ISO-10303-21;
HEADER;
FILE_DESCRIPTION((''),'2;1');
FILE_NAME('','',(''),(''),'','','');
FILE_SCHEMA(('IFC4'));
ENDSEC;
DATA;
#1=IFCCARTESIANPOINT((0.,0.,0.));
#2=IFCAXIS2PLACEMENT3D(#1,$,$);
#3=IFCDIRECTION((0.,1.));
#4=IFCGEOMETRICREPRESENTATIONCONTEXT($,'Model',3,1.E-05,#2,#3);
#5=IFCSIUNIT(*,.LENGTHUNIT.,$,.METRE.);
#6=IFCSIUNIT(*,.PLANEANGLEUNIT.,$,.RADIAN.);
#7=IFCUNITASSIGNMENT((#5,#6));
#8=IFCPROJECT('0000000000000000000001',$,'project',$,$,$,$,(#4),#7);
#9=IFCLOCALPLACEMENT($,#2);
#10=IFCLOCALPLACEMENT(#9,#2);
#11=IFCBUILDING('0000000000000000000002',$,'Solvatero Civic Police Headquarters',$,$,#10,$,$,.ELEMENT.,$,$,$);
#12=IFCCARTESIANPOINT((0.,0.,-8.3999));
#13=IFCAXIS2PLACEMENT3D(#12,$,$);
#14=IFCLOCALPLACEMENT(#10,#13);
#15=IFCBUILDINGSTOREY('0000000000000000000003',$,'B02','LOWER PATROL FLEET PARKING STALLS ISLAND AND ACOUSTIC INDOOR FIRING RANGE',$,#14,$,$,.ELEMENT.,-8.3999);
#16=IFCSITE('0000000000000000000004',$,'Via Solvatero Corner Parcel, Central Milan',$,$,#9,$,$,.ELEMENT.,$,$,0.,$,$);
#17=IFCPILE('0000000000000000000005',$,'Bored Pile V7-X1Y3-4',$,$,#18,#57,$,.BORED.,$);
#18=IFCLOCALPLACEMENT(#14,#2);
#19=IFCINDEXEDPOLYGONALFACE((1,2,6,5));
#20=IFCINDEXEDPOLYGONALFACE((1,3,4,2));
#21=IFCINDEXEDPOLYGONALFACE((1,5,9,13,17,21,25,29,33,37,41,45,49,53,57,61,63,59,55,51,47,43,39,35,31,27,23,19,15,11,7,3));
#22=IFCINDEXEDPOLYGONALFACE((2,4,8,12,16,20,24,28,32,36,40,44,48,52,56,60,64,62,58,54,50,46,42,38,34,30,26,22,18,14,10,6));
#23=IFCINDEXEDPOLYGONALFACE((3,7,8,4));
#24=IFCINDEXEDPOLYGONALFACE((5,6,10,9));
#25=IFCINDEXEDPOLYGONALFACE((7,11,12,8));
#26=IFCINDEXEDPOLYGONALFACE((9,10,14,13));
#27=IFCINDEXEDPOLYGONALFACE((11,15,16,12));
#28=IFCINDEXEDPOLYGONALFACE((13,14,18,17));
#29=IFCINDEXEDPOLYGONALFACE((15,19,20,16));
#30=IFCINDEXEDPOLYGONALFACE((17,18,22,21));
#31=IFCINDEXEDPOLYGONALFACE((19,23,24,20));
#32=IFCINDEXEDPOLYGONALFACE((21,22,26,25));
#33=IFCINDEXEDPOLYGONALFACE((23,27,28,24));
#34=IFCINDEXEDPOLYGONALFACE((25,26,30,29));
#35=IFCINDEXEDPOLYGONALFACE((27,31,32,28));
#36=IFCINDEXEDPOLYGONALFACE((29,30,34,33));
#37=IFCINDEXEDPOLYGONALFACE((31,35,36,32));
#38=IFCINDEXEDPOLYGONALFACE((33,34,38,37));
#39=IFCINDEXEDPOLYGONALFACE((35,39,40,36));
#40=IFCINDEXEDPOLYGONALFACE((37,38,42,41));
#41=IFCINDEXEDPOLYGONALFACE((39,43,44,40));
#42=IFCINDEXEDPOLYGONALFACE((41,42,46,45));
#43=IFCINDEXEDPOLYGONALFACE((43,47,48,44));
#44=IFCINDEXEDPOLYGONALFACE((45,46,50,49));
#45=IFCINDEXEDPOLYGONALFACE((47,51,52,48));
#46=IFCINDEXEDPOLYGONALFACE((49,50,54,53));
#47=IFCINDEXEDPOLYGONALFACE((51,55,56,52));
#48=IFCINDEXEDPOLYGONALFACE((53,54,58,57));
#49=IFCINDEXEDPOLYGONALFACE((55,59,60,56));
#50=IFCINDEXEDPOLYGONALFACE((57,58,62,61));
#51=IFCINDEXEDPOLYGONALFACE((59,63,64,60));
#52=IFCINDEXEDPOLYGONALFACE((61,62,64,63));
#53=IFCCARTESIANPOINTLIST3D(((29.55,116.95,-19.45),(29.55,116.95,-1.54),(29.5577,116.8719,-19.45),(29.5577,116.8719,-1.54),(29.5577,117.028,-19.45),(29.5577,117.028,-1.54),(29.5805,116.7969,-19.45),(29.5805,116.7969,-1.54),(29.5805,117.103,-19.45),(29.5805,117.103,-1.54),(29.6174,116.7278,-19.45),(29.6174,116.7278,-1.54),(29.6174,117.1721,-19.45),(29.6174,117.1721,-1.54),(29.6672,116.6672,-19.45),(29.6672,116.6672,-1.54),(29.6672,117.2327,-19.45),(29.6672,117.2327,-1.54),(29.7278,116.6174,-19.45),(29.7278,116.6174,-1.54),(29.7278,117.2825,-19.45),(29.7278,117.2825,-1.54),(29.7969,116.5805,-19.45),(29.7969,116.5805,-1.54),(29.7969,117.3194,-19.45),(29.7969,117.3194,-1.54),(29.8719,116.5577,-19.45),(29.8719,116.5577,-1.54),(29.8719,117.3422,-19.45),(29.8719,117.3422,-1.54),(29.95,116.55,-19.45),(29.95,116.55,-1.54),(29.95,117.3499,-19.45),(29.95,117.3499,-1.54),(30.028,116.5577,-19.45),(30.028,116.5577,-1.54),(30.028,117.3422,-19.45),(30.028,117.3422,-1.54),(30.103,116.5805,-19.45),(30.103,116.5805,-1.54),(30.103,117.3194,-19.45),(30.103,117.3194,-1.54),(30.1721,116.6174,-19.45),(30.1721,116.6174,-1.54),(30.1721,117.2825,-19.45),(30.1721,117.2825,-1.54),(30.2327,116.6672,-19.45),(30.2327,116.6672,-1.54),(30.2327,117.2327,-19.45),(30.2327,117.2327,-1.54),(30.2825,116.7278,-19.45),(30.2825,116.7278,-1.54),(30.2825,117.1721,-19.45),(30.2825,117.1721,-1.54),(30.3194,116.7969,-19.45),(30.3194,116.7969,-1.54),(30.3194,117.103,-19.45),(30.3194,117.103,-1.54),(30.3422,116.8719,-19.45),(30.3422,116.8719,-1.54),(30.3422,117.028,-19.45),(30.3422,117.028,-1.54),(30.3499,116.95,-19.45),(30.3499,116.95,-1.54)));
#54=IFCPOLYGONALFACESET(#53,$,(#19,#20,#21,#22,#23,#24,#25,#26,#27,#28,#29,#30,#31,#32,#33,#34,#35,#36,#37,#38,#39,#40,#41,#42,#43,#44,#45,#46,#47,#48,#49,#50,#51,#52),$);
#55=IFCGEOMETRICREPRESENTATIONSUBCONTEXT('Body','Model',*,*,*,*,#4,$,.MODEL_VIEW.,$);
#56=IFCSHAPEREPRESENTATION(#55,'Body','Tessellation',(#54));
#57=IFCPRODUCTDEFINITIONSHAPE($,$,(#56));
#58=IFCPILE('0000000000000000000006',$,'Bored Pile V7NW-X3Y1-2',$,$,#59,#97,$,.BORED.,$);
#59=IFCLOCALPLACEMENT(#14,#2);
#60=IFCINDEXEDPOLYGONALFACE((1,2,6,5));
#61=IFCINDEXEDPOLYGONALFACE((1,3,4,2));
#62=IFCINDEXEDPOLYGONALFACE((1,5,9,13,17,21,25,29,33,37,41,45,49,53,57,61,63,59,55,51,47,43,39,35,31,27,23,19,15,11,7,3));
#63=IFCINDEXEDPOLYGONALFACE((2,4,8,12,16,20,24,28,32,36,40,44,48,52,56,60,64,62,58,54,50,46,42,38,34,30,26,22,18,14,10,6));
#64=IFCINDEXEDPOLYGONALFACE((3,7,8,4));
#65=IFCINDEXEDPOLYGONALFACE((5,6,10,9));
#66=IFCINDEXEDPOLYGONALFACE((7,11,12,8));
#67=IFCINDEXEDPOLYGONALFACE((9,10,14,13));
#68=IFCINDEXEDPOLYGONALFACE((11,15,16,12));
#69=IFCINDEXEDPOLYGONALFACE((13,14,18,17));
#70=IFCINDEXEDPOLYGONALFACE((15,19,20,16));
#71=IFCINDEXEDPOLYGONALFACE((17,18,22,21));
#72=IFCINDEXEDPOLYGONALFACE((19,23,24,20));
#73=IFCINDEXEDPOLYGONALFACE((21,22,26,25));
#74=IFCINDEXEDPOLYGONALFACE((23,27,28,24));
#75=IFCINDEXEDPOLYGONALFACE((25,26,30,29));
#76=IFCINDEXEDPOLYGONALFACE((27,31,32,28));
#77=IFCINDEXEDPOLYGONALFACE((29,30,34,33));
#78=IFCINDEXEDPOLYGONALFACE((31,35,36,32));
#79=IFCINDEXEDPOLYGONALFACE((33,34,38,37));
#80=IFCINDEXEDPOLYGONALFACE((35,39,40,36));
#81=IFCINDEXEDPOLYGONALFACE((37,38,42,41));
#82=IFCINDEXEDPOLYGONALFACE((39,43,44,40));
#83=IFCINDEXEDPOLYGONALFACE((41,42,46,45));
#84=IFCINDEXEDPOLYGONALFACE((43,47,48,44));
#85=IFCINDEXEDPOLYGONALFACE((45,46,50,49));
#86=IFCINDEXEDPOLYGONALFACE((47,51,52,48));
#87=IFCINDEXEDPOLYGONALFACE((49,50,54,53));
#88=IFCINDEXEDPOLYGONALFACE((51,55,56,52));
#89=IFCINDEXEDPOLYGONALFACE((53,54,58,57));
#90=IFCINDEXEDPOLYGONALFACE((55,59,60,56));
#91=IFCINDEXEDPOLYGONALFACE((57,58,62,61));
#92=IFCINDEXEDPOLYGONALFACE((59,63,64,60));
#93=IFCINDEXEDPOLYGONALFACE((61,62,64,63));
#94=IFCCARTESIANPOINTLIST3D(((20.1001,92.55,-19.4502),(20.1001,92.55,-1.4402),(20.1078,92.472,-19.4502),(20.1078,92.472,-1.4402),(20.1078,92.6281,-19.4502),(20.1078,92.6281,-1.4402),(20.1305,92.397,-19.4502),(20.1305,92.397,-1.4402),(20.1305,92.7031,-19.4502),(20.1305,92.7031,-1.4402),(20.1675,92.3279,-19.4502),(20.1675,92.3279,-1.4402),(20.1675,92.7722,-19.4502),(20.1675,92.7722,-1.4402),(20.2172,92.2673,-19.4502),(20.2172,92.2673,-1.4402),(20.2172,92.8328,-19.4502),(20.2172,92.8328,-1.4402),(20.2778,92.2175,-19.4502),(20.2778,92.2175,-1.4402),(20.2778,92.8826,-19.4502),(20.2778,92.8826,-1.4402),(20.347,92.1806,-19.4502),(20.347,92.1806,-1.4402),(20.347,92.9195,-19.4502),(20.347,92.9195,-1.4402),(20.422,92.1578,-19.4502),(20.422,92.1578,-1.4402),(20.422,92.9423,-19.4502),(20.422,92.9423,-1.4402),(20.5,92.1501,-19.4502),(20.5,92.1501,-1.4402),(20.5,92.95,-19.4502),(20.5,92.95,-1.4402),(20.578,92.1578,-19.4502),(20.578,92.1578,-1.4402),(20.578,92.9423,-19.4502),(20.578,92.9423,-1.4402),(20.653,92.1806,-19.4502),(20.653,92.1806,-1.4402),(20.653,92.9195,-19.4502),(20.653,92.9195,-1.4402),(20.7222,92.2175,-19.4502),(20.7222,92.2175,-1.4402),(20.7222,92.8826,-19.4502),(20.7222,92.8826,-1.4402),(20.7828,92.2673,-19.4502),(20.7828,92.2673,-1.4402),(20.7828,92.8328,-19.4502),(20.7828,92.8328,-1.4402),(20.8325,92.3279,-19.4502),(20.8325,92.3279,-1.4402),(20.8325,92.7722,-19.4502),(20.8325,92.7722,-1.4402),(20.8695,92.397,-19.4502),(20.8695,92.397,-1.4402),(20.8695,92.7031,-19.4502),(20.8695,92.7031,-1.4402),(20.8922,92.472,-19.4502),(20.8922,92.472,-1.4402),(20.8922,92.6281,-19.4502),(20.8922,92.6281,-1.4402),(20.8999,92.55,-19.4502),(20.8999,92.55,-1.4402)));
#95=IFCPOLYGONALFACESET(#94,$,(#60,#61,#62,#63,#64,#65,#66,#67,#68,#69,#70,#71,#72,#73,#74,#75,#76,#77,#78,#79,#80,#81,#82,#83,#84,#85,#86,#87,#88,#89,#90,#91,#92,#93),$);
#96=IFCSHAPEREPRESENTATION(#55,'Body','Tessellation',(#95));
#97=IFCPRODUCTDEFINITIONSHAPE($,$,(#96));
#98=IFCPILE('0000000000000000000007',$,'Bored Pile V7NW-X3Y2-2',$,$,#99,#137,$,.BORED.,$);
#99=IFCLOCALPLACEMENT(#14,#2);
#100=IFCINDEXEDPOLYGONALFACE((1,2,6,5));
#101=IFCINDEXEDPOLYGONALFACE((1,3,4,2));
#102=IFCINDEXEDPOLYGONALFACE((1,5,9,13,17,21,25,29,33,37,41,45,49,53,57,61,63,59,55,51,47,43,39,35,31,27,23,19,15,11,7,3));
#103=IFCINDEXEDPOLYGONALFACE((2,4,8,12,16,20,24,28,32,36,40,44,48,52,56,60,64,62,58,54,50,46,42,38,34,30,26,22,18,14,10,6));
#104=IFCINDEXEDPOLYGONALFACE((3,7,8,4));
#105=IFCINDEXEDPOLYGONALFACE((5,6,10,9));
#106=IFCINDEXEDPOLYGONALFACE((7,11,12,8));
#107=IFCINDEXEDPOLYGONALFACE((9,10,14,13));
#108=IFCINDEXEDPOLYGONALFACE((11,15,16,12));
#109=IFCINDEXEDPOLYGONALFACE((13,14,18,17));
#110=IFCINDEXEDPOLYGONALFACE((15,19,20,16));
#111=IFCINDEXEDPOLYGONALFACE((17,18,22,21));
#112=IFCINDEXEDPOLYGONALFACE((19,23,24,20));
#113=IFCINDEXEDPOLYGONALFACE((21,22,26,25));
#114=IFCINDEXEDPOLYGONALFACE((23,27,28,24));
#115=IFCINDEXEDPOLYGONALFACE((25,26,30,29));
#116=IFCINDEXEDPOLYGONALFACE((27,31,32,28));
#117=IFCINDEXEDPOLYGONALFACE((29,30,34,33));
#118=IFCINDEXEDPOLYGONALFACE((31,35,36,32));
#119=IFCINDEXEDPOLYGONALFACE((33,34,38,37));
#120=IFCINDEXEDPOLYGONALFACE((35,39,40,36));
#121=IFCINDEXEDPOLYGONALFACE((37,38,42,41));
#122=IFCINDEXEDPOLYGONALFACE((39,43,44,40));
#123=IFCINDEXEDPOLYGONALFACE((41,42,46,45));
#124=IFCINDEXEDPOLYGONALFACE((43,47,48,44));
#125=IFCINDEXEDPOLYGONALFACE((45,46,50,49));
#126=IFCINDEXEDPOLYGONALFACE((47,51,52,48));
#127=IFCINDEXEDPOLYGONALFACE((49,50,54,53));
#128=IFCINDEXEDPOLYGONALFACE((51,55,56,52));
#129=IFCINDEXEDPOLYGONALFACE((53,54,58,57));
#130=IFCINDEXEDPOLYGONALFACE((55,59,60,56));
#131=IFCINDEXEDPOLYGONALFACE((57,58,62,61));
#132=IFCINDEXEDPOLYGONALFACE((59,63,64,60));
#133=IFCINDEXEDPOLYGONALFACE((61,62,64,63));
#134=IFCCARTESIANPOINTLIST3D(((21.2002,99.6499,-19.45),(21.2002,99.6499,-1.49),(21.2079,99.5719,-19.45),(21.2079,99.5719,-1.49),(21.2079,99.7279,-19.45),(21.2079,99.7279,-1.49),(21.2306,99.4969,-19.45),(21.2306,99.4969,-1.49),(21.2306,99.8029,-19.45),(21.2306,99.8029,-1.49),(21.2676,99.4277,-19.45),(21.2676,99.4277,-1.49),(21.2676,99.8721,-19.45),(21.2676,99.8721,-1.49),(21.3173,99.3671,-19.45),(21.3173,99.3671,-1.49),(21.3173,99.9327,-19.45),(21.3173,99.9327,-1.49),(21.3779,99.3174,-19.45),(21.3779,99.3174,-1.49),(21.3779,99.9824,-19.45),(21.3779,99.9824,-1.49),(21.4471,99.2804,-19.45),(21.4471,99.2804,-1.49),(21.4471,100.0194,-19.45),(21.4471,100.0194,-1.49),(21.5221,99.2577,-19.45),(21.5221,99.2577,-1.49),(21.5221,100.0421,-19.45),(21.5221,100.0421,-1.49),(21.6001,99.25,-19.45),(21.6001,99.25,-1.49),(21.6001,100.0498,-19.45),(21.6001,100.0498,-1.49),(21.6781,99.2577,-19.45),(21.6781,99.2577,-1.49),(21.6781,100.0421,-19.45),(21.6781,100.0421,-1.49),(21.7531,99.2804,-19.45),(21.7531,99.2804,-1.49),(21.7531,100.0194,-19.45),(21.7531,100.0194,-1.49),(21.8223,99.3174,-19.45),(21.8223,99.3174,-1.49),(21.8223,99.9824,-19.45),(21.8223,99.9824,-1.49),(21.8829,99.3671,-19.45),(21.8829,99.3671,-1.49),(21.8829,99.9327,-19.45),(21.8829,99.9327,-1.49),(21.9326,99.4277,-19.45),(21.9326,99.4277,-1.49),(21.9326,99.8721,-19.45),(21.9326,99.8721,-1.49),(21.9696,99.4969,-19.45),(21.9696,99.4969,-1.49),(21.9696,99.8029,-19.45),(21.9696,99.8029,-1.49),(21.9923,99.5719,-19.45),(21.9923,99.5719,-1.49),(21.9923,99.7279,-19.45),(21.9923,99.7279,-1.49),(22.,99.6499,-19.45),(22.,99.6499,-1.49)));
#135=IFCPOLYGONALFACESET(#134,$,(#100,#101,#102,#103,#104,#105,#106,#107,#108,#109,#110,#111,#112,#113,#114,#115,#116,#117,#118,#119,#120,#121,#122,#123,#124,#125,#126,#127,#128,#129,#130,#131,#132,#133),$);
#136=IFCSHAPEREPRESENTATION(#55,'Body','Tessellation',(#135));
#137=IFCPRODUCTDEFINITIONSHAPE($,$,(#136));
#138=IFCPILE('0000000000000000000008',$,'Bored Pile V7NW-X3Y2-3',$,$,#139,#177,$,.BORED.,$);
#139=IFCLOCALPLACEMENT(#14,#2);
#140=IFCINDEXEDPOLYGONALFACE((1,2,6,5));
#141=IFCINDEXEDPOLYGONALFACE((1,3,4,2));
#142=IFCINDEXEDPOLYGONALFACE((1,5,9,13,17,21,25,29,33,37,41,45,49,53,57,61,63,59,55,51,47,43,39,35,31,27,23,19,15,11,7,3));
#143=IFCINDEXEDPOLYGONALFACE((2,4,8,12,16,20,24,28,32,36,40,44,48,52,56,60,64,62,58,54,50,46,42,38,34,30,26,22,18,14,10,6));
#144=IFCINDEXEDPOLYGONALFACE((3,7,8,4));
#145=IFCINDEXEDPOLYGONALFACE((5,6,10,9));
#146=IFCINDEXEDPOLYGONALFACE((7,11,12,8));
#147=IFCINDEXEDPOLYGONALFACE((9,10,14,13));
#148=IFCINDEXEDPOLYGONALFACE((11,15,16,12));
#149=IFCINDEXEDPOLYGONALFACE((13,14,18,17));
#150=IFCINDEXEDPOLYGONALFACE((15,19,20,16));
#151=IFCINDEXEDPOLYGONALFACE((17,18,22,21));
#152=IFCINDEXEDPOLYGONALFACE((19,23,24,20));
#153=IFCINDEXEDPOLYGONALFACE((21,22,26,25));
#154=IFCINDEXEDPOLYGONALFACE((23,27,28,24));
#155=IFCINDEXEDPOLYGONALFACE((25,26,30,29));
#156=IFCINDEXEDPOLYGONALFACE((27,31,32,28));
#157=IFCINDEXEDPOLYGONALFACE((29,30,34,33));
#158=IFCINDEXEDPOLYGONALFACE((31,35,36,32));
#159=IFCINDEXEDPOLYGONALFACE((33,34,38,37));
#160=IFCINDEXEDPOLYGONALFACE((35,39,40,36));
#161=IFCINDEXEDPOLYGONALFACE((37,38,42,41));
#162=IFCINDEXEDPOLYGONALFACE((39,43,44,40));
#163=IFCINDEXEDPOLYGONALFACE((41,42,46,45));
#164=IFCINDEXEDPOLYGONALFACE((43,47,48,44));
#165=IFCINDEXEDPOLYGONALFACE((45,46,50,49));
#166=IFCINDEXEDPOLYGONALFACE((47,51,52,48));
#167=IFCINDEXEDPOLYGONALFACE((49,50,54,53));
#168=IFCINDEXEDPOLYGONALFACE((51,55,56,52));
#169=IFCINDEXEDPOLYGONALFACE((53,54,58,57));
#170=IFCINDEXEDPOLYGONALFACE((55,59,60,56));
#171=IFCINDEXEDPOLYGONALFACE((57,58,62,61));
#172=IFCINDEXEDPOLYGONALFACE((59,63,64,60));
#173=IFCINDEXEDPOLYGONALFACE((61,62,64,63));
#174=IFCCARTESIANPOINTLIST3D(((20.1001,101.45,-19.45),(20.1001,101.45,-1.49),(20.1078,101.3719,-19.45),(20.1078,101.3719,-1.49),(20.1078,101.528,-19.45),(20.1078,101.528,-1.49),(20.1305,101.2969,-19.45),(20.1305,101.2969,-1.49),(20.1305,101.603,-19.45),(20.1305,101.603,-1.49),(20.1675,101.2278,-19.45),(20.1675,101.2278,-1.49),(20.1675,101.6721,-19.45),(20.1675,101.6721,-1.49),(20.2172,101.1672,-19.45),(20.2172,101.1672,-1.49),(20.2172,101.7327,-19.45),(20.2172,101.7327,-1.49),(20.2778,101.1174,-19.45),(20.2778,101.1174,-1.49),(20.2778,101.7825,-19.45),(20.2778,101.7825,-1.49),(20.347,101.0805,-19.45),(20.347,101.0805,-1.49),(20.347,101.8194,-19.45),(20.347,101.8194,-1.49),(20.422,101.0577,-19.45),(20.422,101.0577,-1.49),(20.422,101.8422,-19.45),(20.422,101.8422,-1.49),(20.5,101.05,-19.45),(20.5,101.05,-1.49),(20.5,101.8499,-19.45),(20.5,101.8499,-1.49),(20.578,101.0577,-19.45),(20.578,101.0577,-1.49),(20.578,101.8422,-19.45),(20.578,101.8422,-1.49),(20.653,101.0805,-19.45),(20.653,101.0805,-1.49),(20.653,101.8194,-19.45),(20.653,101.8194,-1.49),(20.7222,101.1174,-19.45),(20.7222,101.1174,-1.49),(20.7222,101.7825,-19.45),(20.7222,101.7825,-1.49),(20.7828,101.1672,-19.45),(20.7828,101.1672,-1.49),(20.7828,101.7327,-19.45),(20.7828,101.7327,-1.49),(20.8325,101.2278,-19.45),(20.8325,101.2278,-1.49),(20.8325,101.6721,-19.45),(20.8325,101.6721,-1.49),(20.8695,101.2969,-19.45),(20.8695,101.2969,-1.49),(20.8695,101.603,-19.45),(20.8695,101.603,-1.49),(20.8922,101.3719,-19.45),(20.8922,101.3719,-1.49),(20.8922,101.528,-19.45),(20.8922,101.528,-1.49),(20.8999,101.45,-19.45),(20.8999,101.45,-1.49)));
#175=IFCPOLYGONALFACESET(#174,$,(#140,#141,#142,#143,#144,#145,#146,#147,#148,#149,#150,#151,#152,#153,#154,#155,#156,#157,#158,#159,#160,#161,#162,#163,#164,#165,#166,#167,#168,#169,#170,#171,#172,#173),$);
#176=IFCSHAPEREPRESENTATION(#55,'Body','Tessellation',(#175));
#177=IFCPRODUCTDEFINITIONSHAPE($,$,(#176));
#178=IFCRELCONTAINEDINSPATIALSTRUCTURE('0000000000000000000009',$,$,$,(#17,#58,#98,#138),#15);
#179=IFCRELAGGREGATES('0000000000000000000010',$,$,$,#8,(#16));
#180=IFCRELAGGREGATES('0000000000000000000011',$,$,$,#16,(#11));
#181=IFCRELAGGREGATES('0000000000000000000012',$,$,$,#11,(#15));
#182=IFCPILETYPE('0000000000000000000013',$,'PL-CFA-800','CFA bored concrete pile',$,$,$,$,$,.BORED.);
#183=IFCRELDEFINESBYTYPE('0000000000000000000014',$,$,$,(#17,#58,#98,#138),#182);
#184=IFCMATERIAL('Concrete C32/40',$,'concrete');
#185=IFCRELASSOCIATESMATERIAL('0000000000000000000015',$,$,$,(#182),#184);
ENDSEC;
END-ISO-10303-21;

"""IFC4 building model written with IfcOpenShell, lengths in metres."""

from ifc_helpers import new_model, si_unit, direction, frame, origin, origin_2d, place, context, subcontext, project, spatial, circle, extrude, material, material_profile, profile_set, type_object, element, save


model = new_model("IFC4")

# Units and contexts
model_context = context("Model", 3, precision=1e-05, world=origin(), true_north=direction((0.0, 1.0)))
body_context = subcontext(model_context, "Body", "Model", "MODEL_VIEW")
ifc_project = project(units=[si_unit("LENGTHUNIT", "METRE"), si_unit("PLANEANGLEUNIT", "RADIAN")], contexts=[model_context])

# Site, building, storey
site_placement = place(None, origin())
site = spatial("IfcSite", under=ifc_project, at=site_placement, Name="Via Solvatero Corner Parcel, Central Milan", CompositionType="ELEMENT", RefElevation=0.0)
building_placement = place(site_placement, origin())
building = spatial("IfcBuilding", under=site, at=building_placement, Name="Solvatero Civic Police Headquarters", CompositionType="ELEMENT")
storey_placement = place(building_placement, frame((0.0, 0.0, -8.3999)))
storey = spatial("IfcBuildingStorey", under=building, at=storey_placement, Name="B02", Description="LOWER PATROL FLEET PARKING STALLS ISLAND AND ACOUSTIC INDOOR FIRING RANGE", CompositionType="ELEMENT", Elevation=-8.3999)

# Piles
ifc_material_1 = material(Name="Concrete C32/40", Category="concrete")
ifc_material_profile_1 = material_profile(ifc_material_1, circle(Radius=0.3999, at=origin_2d()), Name="CFA PILE D800")
ifc_profile_set_1 = profile_set([ifc_material_profile_1], Name="Concrete C32/40")
pile_type = type_object("IfcPileType", Name="PL-CFA-800", Description="CFA bored concrete pile", PredefinedType="BORED", material=ifc_profile_set_1)
for number, where, z_axis, x_axis, name in (
    (1, (29.95, 116.95, -1.54), (0.0, 0.0, -1.0), (1.0, 0.0, 0.0), "Bored Pile V7-X1Y3-4"),
):
    element("IfcPile", number, at=place(storey_placement, frame(where, z_axis=z_axis, x_axis=x_axis)), inside=storey, type_object=pile_type, Name=name, PredefinedType="BORED", context=body_context, shape_type="SweptSolid", body=[
        extrude(circle(Radius=0.3999, at=origin_2d()), origin(), (0.0, 0.0, 1.0), 17.9099),
    ])
pile_placement = place(storey_placement, frame((20.5, 92.55, -1.4402), z_axis=(0.0, 0.0, -1.0), x_axis=(1.0, 0.0, 0.0)))
element("IfcPile", 2, at=pile_placement, inside=storey, type_object=pile_type, Name="Bored Pile V7NW-X3Y1-2", PredefinedType="BORED", context=body_context, shape_type="SweptSolid", body=[
    extrude(circle(Radius=0.3999, at=origin_2d()), origin(), (0.0, 0.0, 1.0), 18.01),
])
for number, where, z_axis, x_axis, name in (
    (3, (21.6001, 99.6499, -1.49), (0.0, 0.0, -1.0), (1.0, 0.0, 0.0), "Bored Pile V7NW-X3Y2-2"),
    (4, (20.5, 101.45, -1.49), (0.0, 0.0, -1.0), (1.0, 0.0, 0.0), "Bored Pile V7NW-X3Y2-3"),
):
    element("IfcPile", number, at=place(storey_placement, frame(where, z_axis=z_axis, x_axis=x_axis)), inside=storey, type_object=pile_type, Name=name, PredefinedType="BORED", context=body_context, shape_type="SweptSolid", body=[
        extrude(circle(Radius=0.3999, at=origin_2d()), origin(), (0.0, 0.0, 1.0), 17.96),
    ])

save(model, "model.ifc")
